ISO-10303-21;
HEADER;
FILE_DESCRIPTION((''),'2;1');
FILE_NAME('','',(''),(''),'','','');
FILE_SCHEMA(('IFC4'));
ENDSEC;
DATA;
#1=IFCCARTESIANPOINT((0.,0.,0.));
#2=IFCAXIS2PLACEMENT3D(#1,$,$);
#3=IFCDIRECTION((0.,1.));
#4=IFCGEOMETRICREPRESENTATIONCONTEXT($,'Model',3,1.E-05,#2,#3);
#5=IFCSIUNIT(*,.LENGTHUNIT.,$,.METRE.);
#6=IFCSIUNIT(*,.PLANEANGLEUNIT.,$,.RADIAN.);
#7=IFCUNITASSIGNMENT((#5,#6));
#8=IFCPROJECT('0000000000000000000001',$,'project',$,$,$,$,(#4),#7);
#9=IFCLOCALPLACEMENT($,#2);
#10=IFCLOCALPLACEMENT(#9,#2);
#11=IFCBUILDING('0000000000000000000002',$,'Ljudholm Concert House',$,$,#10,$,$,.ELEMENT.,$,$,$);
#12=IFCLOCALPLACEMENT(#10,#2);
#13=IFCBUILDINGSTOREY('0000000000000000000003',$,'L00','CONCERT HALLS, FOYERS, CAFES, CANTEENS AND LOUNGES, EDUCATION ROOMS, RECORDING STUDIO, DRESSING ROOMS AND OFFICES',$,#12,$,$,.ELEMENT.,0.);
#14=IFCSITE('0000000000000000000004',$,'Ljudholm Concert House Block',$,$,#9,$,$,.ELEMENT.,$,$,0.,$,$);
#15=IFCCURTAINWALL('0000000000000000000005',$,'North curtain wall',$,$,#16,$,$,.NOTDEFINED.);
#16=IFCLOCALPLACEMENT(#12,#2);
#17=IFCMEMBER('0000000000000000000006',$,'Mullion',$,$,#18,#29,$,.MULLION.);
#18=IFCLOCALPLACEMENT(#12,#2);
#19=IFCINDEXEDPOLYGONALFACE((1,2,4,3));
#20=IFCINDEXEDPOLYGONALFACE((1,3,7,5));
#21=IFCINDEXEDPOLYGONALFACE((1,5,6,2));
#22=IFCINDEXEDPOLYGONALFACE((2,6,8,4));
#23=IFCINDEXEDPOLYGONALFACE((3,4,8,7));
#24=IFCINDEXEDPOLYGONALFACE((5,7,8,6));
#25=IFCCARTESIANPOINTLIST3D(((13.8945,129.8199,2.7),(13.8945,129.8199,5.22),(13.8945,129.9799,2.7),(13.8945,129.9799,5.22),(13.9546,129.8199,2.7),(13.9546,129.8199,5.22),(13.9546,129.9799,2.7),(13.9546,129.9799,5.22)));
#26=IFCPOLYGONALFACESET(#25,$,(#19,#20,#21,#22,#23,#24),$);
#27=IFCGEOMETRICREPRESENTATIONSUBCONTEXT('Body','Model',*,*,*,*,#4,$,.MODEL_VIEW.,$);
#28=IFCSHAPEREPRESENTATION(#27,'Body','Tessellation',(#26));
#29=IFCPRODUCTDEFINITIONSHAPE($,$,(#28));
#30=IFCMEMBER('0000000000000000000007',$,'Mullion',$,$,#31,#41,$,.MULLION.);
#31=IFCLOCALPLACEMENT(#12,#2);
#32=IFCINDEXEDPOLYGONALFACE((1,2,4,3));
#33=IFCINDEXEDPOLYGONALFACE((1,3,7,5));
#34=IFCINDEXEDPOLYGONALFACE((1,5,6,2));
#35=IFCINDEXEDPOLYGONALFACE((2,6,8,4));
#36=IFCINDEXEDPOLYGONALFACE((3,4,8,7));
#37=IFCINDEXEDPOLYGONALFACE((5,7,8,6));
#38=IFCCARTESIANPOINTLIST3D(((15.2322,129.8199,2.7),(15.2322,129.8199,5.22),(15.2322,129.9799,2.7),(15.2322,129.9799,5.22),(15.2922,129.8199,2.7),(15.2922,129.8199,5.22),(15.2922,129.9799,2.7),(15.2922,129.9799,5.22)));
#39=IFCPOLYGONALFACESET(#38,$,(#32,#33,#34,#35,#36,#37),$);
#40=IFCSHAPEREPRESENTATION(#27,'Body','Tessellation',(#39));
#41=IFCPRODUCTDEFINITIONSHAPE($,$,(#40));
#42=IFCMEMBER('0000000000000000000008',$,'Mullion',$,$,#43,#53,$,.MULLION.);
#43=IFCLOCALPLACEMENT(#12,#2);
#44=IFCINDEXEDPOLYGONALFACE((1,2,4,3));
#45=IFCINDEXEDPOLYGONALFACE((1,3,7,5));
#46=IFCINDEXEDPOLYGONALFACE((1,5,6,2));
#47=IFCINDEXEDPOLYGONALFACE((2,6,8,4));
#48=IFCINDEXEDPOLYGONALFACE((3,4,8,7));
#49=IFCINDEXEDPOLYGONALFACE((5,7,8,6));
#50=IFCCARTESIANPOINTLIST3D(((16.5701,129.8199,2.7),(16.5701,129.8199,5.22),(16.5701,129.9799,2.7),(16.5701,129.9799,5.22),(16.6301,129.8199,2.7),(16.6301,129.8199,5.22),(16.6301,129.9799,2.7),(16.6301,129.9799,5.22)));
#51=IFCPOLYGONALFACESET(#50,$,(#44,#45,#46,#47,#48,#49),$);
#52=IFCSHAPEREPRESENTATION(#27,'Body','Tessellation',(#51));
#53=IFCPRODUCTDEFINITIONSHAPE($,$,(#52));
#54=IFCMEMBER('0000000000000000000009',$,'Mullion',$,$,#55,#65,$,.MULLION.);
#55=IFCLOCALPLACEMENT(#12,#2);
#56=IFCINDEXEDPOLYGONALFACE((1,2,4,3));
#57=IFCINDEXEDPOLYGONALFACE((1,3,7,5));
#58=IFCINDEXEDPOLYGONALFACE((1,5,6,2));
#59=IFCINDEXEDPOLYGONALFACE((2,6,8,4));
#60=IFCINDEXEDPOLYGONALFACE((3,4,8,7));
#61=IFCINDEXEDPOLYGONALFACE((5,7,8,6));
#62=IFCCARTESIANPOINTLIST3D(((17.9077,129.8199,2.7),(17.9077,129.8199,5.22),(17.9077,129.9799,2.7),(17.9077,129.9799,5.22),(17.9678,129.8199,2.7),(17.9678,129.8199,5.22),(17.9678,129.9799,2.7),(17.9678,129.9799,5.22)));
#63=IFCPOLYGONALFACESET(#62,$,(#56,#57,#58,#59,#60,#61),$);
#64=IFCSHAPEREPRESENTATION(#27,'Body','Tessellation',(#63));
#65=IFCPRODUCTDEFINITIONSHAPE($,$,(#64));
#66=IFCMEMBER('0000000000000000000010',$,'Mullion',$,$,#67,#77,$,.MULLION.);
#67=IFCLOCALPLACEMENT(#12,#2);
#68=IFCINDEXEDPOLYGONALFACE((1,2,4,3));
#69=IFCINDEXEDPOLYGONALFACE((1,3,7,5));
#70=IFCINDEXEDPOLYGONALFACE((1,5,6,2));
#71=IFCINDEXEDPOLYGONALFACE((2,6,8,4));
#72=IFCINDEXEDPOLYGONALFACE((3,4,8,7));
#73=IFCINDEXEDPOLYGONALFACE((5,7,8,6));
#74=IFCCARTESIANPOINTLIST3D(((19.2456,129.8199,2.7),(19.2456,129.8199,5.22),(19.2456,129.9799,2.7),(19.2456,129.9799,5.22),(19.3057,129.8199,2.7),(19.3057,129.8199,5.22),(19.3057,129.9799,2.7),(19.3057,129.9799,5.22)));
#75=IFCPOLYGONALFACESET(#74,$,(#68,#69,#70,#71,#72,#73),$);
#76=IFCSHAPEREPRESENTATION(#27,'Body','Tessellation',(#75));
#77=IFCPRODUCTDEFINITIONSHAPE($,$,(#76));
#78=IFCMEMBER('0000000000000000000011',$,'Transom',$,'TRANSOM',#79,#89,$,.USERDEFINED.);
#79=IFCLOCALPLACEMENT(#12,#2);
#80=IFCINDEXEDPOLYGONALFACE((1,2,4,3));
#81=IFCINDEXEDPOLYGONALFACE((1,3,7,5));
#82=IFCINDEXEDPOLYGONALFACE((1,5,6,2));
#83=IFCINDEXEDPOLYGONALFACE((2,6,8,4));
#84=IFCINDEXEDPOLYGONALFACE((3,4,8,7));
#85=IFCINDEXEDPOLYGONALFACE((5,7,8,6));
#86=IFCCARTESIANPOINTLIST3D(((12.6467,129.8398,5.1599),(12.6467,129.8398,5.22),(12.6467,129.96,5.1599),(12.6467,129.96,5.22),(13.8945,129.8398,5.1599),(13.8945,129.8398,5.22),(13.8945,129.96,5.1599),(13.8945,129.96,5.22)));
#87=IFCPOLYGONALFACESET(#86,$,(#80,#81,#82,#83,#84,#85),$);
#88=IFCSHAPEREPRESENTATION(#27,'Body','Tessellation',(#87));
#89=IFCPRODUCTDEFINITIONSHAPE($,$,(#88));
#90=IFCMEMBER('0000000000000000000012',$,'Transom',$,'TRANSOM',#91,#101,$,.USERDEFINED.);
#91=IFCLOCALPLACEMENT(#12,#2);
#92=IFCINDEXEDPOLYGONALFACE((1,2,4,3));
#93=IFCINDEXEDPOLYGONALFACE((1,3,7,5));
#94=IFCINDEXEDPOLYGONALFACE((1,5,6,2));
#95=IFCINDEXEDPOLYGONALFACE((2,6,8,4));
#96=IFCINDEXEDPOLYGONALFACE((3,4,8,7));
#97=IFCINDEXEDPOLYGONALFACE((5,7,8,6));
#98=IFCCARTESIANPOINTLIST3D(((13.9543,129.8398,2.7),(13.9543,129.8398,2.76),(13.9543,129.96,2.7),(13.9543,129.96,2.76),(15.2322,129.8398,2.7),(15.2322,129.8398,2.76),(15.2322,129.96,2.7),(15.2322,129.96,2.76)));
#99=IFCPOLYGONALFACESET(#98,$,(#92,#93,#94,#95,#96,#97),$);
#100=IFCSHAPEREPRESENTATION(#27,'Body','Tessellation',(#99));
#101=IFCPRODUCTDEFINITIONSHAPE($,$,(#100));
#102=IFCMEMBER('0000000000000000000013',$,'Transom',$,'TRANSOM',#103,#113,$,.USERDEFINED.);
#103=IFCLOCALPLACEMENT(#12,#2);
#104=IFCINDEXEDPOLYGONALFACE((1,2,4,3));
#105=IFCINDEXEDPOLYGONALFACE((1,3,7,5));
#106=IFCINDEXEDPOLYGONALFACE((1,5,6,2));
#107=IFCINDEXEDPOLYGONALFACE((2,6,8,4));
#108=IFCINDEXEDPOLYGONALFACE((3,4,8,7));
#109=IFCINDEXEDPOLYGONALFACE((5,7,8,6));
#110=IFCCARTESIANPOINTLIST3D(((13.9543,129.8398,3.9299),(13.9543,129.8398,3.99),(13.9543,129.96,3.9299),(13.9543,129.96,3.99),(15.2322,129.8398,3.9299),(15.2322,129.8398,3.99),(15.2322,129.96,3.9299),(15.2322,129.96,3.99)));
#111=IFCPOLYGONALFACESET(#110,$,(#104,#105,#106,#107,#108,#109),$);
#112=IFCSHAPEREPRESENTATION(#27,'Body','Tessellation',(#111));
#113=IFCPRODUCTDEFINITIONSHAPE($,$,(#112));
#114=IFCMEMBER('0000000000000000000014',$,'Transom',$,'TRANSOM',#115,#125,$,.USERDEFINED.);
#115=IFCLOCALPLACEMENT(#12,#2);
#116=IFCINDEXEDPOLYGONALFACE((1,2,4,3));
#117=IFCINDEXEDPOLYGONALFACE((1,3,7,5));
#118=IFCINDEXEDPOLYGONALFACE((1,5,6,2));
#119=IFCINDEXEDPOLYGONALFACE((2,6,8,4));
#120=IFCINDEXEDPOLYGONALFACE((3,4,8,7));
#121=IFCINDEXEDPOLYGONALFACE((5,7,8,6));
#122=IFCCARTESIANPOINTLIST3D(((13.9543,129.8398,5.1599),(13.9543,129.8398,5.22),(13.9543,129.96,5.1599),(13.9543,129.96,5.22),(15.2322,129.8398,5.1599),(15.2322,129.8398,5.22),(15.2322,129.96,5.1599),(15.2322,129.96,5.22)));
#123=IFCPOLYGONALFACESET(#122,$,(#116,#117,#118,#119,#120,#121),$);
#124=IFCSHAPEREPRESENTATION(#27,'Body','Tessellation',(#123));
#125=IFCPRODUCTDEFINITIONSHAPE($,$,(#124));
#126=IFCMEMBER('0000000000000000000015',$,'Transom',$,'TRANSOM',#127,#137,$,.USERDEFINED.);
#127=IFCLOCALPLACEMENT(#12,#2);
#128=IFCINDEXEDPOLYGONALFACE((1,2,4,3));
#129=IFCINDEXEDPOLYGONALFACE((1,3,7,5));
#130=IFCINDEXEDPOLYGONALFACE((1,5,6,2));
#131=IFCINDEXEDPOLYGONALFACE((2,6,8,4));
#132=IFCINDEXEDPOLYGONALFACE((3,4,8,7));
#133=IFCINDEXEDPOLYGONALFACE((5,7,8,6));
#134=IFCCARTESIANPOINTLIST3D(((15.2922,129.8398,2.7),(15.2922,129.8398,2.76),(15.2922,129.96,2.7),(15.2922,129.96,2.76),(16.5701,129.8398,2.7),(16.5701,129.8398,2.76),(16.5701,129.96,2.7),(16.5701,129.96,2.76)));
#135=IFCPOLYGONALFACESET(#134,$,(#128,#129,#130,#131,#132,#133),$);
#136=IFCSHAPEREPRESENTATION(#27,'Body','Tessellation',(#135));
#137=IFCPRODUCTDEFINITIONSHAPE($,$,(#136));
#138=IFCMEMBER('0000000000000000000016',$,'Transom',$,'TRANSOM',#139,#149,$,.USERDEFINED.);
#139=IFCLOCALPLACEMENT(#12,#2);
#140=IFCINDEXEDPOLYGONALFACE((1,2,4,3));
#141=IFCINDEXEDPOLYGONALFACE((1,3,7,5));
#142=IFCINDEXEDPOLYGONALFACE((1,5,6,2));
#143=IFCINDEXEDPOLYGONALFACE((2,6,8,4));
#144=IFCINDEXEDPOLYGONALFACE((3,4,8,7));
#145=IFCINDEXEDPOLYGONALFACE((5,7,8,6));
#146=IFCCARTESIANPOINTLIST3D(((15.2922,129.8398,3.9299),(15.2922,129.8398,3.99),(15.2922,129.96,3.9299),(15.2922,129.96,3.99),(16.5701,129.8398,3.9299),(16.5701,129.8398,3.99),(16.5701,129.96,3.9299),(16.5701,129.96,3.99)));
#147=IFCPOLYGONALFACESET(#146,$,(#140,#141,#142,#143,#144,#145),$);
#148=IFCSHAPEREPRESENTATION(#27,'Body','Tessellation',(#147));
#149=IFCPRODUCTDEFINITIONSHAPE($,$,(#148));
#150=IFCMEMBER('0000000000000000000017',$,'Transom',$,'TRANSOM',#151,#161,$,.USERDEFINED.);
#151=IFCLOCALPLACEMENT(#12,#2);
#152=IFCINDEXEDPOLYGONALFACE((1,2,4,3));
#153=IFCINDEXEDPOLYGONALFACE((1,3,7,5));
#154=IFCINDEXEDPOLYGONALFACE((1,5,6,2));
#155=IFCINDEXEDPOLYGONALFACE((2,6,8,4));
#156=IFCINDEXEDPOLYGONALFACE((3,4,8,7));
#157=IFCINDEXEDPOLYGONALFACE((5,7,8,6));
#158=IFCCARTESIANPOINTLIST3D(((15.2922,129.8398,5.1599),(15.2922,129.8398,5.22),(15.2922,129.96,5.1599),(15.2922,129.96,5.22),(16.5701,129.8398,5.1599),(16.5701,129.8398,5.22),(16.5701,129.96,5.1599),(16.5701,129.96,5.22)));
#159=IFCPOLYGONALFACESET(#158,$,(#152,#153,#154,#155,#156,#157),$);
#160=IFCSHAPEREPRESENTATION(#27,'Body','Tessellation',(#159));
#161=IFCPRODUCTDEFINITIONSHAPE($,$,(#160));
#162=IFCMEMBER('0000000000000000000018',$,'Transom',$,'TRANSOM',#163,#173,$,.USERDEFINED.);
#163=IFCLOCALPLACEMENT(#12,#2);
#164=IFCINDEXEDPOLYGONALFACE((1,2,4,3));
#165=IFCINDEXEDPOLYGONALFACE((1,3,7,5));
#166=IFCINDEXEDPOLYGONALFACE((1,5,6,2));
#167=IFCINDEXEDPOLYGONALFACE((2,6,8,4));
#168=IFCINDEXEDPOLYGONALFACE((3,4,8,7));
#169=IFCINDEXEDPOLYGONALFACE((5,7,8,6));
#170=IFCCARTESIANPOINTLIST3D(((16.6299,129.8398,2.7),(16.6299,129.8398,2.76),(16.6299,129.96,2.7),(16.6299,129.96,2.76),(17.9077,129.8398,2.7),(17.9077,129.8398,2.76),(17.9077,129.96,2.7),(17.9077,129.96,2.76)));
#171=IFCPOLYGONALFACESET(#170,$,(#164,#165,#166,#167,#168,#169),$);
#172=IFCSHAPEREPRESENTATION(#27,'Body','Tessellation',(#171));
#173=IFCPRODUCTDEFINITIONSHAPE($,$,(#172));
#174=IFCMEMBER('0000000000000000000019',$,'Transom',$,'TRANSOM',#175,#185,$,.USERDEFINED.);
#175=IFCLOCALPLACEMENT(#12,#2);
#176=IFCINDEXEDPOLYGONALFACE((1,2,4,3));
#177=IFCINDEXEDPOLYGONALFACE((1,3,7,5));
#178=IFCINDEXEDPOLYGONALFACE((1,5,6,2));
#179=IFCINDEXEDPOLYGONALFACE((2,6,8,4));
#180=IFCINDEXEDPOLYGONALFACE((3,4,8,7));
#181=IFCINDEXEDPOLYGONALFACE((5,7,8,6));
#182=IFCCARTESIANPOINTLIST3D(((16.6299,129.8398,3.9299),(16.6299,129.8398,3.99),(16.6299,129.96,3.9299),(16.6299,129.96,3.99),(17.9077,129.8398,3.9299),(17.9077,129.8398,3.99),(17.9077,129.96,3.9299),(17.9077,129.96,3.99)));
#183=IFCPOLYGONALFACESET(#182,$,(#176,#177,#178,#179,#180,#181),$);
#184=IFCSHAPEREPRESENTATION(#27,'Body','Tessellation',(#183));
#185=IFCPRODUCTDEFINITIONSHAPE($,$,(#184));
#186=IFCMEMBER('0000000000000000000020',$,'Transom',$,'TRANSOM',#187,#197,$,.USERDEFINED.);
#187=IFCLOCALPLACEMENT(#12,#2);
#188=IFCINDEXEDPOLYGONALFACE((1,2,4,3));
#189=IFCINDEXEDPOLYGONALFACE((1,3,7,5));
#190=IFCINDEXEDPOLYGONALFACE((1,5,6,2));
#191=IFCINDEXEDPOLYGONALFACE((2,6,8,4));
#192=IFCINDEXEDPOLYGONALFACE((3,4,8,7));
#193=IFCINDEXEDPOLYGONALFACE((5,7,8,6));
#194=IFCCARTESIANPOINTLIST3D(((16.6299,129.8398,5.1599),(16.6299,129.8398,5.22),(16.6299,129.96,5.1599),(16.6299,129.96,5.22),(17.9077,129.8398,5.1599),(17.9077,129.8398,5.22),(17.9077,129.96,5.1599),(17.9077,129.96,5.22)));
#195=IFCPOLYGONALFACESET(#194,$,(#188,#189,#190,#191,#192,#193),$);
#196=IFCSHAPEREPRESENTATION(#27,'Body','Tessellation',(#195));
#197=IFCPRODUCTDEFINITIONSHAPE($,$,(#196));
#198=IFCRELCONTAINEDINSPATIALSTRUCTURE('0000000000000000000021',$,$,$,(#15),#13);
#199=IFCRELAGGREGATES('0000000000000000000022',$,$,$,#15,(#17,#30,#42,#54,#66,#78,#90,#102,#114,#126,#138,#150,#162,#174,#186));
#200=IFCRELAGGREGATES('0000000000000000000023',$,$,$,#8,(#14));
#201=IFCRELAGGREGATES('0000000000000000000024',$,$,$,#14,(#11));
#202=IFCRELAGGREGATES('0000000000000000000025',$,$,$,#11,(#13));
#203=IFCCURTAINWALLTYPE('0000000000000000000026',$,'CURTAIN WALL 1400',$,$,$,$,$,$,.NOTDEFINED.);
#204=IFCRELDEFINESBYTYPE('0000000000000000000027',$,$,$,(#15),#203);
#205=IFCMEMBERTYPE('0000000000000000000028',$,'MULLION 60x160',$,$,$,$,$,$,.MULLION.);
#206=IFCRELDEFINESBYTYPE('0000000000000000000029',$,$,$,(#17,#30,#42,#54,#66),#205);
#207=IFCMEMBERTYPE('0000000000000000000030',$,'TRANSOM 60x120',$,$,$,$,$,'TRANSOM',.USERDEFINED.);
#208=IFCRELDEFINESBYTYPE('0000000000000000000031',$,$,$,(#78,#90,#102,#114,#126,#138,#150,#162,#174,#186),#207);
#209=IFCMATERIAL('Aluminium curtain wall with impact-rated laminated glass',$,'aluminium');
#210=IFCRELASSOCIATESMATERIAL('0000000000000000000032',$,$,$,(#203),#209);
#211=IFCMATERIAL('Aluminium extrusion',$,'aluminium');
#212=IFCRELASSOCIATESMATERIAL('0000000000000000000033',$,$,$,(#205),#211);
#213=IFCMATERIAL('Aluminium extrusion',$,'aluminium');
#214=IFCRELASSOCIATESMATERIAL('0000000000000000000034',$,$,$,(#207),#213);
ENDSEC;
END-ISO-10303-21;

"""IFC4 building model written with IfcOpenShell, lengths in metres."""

from ifc_helpers import new_model, si_unit, direction, frame, origin, origin_2d, place, context, subcontext, project, spatial, rectangle, extrude, material, material_profile, profile_set, type_object, element, aggregate, save


model = new_model("IFC4")

# Units and contexts
model_context = context("Model", 3, precision=1e-05, world=origin(), true_north=direction((0.0, 1.0)))
body_context = subcontext(model_context, "Body", "Model", "MODEL_VIEW")
ifc_project = project(units=[si_unit("LENGTHUNIT", "METRE"), si_unit("PLANEANGLEUNIT", "RADIAN")], contexts=[model_context])

# Site, building, storey
site_placement = place(None, origin())
site = spatial("IfcSite", under=ifc_project, at=site_placement, Name="Ljudholm Concert House Block", CompositionType="ELEMENT", RefElevation=0.0)
building_placement = place(site_placement, origin())
building = spatial("IfcBuilding", under=site, at=building_placement, Name="Ljudholm Concert House", CompositionType="ELEMENT")
storey_placement = place(building_placement, origin())
storey = spatial("IfcBuildingStorey", under=building, at=storey_placement, Name="L00", Description="CONCERT HALLS, FOYERS, CAFES, CANTEENS AND LOUNGES, EDUCATION ROOMS, RECORDING STUDIO, DRESSING ROOMS AND OFFICES", CompositionType="ELEMENT", Elevation=0.0)

# Curtain wall, members
ifc_material_1 = material(Name="Aluminium curtain wall with impact-rated laminated glass", Category="aluminium")
curtain_wall_type = type_object("IfcCurtainWallType", Name="CURTAIN WALL 1400", PredefinedType="NOTDEFINED", material=ifc_material_1)
curtain_wall_placement = place(storey_placement, origin())
curtain_wall = element("IfcCurtainWall", 1, at=curtain_wall_placement, inside=storey, type_object=curtain_wall_type, Name="North curtain wall", PredefinedType="NOTDEFINED")
ifc_material_2 = material(Name="Aluminium extrusion", Category="aluminium")
ifc_material_profile_1 = material_profile(ifc_material_2, rectangle(XDim=0.1599, YDim=0.0601, at=origin_2d()), Name="MULLION 60x160")
ifc_profile_set_1 = profile_set([ifc_material_profile_1], Name="Aluminium extrusion")
member_type_1 = type_object("IfcMemberType", Name="MULLION 60x160", PredefinedType="MULLION", material=ifc_profile_set_1)
member_1_placement = place(storey_placement, frame((13.9246, 129.8999, 2.7), z_axis=(0.0, 0.0, 1.0), x_axis=(0.0, 1.0, 0.0)))
member_1 = element("IfcMember", 2, at=member_1_placement, type_object=member_type_1, Name="Mullion", PredefinedType="MULLION", context=body_context, shape_type="SweptSolid", body=[
    extrude(rectangle(XDim=0.1599, YDim=0.0601, at=origin_2d()), origin(), (0.0, 0.0, 1.0), 2.52),
])
member_2_placement = place(storey_placement, frame((15.2622, 129.8999, 2.7), z_axis=(0.0, 0.0, 1.0), x_axis=(0.0, 1.0, 0.0)))
member_2 = element("IfcMember", 3, at=member_2_placement, type_object=member_type_1, Name="Mullion", PredefinedType="MULLION", context=body_context, shape_type="SweptSolid", body=[
    extrude(rectangle(XDim=0.1599, YDim=0.0601, at=origin_2d()), origin(), (0.0, 0.0, 1.0), 2.52),
])
member_3_placement = place(storey_placement, frame((16.6001, 129.8999, 2.7), z_axis=(0.0, 0.0, 1.0), x_axis=(0.0, 1.0, 0.0)))
member_3 = element("IfcMember", 4, at=member_3_placement, type_object=member_type_1, Name="Mullion", PredefinedType="MULLION", context=body_context, shape_type="SweptSolid", body=[
    extrude(rectangle(XDim=0.1599, YDim=0.0601, at=origin_2d()), origin(), (0.0, 0.0, 1.0), 2.52),
])
member_4_placement = place(storey_placement, frame((17.9377, 129.8999, 2.7), z_axis=(0.0, 0.0, 1.0), x_axis=(0.0, 1.0, 0.0)))
member_4 = element("IfcMember", 5, at=member_4_placement, type_object=member_type_1, Name="Mullion", PredefinedType="MULLION", context=body_context, shape_type="SweptSolid", body=[
    extrude(rectangle(XDim=0.1599, YDim=0.0601, at=origin_2d()), origin(), (0.0, 0.0, 1.0), 2.52),
])
member_5_placement = place(storey_placement, frame((19.2756, 129.8999, 2.7), z_axis=(0.0, 0.0, 1.0), x_axis=(0.0, 1.0, 0.0)))
member_5 = element("IfcMember", 6, at=member_5_placement, type_object=member_type_1, Name="Mullion", PredefinedType="MULLION", context=body_context, shape_type="SweptSolid", body=[
    extrude(rectangle(XDim=0.1599, YDim=0.0601, at=origin_2d()), origin(), (0.0, 0.0, 1.0), 2.52),
])
ifc_material_3 = material(Name="Aluminium extrusion", Category="aluminium")
ifc_material_profile_2 = material_profile(ifc_material_3, rectangle(XDim=0.1201, YDim=0.0601, at=origin_2d()), Name="TRANSOM 60x120")
ifc_profile_set_2 = profile_set([ifc_material_profile_2], Name="Aluminium extrusion")
member_type_2 = type_object("IfcMemberType", Name="TRANSOM 60x120", ElementType="TRANSOM", PredefinedType="USERDEFINED", material=ifc_profile_set_2)
member_6_placement = place(storey_placement, frame((12.6467, 129.8999, 5.1899), z_axis=(1.0, 0.0, 0.0), x_axis=(0.0, 1.0, 0.0)))
member_6 = element("IfcMember", 7, at=member_6_placement, type_object=member_type_2, Name="Transom", ObjectType="TRANSOM", PredefinedType="USERDEFINED", context=body_context, shape_type="SweptSolid", body=[
    extrude(rectangle(XDim=0.1201, YDim=0.0601, at=origin_2d()), origin(), (0.0, 0.0, 1.0), 1.2478),
])
member_7_placement = place(storey_placement, frame((13.9543, 129.8999, 2.73), z_axis=(1.0, 0.0, 0.0), x_axis=(0.0, 1.0, 0.0)))
member_7 = element("IfcMember", 8, at=member_7_placement, type_object=member_type_2, Name="Transom", ObjectType="TRANSOM", PredefinedType="USERDEFINED", context=body_context, shape_type="SweptSolid", body=[
    extrude(rectangle(XDim=0.1201, YDim=0.0601, at=origin_2d()), origin(), (0.0, 0.0, 1.0), 1.2778),
])
member_8_placement = place(storey_placement, frame((13.9543, 129.8999, 3.96), z_axis=(1.0, 0.0, 0.0), x_axis=(0.0, 1.0, 0.0)))
member_8 = element("IfcMember", 9, at=member_8_placement, type_object=member_type_2, Name="Transom", ObjectType="TRANSOM", PredefinedType="USERDEFINED", context=body_context, shape_type="SweptSolid", body=[
    extrude(rectangle(XDim=0.1201, YDim=0.0601, at=origin_2d()), origin(), (0.0, 0.0, 1.0), 1.2778),
])
member_9_placement = place(storey_placement, frame((13.9543, 129.8999, 5.1899), z_axis=(1.0, 0.0, 0.0), x_axis=(0.0, 1.0, 0.0)))
member_9 = element("IfcMember", 10, at=member_9_placement, type_object=member_type_2, Name="Transom", ObjectType="TRANSOM", PredefinedType="USERDEFINED", context=body_context, shape_type="SweptSolid", body=[
    extrude(rectangle(XDim=0.1201, YDim=0.0601, at=origin_2d()), origin(), (0.0, 0.0, 1.0), 1.2778),
])
member_10_placement = place(storey_placement, frame((15.2922, 129.8999, 2.73), z_axis=(1.0, 0.0, 0.0), x_axis=(0.0, 1.0, 0.0)))
member_10 = element("IfcMember", 11, at=member_10_placement, type_object=member_type_2, Name="Transom", ObjectType="TRANSOM", PredefinedType="USERDEFINED", context=body_context, shape_type="SweptSolid", body=[
    extrude(rectangle(XDim=0.1201, YDim=0.0601, at=origin_2d()), origin(), (0.0, 0.0, 1.0), 1.2778),
])
member_11_placement = place(storey_placement, frame((15.2922, 129.8999, 3.96), z_axis=(1.0, 0.0, 0.0), x_axis=(0.0, 1.0, 0.0)))
member_11 = element("IfcMember", 12, at=member_11_placement, type_object=member_type_2, Name="Transom", ObjectType="TRANSOM", PredefinedType="USERDEFINED", context=body_context, shape_type="SweptSolid", body=[
    extrude(rectangle(XDim=0.1201, YDim=0.0601, at=origin_2d()), origin(), (0.0, 0.0, 1.0), 1.2778),
])
member_12_placement = place(storey_placement, frame((15.2922, 129.8999, 5.1899), z_axis=(1.0, 0.0, 0.0), x_axis=(0.0, 1.0, 0.0)))
member_12 = element("IfcMember", 13, at=member_12_placement, type_object=member_type_2, Name="Transom", ObjectType="TRANSOM", PredefinedType="USERDEFINED", context=body_context, shape_type="SweptSolid", body=[
    extrude(rectangle(XDim=0.1201, YDim=0.0601, at=origin_2d()), origin(), (0.0, 0.0, 1.0), 1.2778),
])
member_13_placement = place(storey_placement, frame((16.6299, 129.8999, 2.73), z_axis=(1.0, 0.0, 0.0), x_axis=(0.0, 1.0, 0.0)))
member_13 = element("IfcMember", 14, at=member_13_placement, type_object=member_type_2, Name="Transom", ObjectType="TRANSOM", PredefinedType="USERDEFINED", context=body_context, shape_type="SweptSolid", body=[
    extrude(rectangle(XDim=0.1201, YDim=0.0601, at=origin_2d()), origin(), (0.0, 0.0, 1.0), 1.2778),
])
member_14_placement = place(storey_placement, frame((16.6299, 129.8999, 3.96), z_axis=(1.0, 0.0, 0.0), x_axis=(0.0, 1.0, 0.0)))
member_14 = element("IfcMember", 15, at=member_14_placement, type_object=member_type_2, Name="Transom", ObjectType="TRANSOM", PredefinedType="USERDEFINED", context=body_context, shape_type="SweptSolid", body=[
    extrude(rectangle(XDim=0.1201, YDim=0.0601, at=origin_2d()), origin(), (0.0, 0.0, 1.0), 1.2778),
])
member_15_placement = place(storey_placement, frame((16.6299, 129.8999, 5.1899), z_axis=(1.0, 0.0, 0.0), x_axis=(0.0, 1.0, 0.0)))
member_15 = element("IfcMember", 16, at=member_15_placement, type_object=member_type_2, Name="Transom", ObjectType="TRANSOM", PredefinedType="USERDEFINED", context=body_context, shape_type="SweptSolid", body=[
    extrude(rectangle(XDim=0.1201, YDim=0.0601, at=origin_2d()), origin(), (0.0, 0.0, 1.0), 1.2778),
])
aggregate(curtain_wall, [member_1, member_2, member_3, member_4, member_5, member_6, member_7, member_8, member_9, member_10, member_11, member_12, member_13, member_14, member_15])

save(model, "model.ifc")
